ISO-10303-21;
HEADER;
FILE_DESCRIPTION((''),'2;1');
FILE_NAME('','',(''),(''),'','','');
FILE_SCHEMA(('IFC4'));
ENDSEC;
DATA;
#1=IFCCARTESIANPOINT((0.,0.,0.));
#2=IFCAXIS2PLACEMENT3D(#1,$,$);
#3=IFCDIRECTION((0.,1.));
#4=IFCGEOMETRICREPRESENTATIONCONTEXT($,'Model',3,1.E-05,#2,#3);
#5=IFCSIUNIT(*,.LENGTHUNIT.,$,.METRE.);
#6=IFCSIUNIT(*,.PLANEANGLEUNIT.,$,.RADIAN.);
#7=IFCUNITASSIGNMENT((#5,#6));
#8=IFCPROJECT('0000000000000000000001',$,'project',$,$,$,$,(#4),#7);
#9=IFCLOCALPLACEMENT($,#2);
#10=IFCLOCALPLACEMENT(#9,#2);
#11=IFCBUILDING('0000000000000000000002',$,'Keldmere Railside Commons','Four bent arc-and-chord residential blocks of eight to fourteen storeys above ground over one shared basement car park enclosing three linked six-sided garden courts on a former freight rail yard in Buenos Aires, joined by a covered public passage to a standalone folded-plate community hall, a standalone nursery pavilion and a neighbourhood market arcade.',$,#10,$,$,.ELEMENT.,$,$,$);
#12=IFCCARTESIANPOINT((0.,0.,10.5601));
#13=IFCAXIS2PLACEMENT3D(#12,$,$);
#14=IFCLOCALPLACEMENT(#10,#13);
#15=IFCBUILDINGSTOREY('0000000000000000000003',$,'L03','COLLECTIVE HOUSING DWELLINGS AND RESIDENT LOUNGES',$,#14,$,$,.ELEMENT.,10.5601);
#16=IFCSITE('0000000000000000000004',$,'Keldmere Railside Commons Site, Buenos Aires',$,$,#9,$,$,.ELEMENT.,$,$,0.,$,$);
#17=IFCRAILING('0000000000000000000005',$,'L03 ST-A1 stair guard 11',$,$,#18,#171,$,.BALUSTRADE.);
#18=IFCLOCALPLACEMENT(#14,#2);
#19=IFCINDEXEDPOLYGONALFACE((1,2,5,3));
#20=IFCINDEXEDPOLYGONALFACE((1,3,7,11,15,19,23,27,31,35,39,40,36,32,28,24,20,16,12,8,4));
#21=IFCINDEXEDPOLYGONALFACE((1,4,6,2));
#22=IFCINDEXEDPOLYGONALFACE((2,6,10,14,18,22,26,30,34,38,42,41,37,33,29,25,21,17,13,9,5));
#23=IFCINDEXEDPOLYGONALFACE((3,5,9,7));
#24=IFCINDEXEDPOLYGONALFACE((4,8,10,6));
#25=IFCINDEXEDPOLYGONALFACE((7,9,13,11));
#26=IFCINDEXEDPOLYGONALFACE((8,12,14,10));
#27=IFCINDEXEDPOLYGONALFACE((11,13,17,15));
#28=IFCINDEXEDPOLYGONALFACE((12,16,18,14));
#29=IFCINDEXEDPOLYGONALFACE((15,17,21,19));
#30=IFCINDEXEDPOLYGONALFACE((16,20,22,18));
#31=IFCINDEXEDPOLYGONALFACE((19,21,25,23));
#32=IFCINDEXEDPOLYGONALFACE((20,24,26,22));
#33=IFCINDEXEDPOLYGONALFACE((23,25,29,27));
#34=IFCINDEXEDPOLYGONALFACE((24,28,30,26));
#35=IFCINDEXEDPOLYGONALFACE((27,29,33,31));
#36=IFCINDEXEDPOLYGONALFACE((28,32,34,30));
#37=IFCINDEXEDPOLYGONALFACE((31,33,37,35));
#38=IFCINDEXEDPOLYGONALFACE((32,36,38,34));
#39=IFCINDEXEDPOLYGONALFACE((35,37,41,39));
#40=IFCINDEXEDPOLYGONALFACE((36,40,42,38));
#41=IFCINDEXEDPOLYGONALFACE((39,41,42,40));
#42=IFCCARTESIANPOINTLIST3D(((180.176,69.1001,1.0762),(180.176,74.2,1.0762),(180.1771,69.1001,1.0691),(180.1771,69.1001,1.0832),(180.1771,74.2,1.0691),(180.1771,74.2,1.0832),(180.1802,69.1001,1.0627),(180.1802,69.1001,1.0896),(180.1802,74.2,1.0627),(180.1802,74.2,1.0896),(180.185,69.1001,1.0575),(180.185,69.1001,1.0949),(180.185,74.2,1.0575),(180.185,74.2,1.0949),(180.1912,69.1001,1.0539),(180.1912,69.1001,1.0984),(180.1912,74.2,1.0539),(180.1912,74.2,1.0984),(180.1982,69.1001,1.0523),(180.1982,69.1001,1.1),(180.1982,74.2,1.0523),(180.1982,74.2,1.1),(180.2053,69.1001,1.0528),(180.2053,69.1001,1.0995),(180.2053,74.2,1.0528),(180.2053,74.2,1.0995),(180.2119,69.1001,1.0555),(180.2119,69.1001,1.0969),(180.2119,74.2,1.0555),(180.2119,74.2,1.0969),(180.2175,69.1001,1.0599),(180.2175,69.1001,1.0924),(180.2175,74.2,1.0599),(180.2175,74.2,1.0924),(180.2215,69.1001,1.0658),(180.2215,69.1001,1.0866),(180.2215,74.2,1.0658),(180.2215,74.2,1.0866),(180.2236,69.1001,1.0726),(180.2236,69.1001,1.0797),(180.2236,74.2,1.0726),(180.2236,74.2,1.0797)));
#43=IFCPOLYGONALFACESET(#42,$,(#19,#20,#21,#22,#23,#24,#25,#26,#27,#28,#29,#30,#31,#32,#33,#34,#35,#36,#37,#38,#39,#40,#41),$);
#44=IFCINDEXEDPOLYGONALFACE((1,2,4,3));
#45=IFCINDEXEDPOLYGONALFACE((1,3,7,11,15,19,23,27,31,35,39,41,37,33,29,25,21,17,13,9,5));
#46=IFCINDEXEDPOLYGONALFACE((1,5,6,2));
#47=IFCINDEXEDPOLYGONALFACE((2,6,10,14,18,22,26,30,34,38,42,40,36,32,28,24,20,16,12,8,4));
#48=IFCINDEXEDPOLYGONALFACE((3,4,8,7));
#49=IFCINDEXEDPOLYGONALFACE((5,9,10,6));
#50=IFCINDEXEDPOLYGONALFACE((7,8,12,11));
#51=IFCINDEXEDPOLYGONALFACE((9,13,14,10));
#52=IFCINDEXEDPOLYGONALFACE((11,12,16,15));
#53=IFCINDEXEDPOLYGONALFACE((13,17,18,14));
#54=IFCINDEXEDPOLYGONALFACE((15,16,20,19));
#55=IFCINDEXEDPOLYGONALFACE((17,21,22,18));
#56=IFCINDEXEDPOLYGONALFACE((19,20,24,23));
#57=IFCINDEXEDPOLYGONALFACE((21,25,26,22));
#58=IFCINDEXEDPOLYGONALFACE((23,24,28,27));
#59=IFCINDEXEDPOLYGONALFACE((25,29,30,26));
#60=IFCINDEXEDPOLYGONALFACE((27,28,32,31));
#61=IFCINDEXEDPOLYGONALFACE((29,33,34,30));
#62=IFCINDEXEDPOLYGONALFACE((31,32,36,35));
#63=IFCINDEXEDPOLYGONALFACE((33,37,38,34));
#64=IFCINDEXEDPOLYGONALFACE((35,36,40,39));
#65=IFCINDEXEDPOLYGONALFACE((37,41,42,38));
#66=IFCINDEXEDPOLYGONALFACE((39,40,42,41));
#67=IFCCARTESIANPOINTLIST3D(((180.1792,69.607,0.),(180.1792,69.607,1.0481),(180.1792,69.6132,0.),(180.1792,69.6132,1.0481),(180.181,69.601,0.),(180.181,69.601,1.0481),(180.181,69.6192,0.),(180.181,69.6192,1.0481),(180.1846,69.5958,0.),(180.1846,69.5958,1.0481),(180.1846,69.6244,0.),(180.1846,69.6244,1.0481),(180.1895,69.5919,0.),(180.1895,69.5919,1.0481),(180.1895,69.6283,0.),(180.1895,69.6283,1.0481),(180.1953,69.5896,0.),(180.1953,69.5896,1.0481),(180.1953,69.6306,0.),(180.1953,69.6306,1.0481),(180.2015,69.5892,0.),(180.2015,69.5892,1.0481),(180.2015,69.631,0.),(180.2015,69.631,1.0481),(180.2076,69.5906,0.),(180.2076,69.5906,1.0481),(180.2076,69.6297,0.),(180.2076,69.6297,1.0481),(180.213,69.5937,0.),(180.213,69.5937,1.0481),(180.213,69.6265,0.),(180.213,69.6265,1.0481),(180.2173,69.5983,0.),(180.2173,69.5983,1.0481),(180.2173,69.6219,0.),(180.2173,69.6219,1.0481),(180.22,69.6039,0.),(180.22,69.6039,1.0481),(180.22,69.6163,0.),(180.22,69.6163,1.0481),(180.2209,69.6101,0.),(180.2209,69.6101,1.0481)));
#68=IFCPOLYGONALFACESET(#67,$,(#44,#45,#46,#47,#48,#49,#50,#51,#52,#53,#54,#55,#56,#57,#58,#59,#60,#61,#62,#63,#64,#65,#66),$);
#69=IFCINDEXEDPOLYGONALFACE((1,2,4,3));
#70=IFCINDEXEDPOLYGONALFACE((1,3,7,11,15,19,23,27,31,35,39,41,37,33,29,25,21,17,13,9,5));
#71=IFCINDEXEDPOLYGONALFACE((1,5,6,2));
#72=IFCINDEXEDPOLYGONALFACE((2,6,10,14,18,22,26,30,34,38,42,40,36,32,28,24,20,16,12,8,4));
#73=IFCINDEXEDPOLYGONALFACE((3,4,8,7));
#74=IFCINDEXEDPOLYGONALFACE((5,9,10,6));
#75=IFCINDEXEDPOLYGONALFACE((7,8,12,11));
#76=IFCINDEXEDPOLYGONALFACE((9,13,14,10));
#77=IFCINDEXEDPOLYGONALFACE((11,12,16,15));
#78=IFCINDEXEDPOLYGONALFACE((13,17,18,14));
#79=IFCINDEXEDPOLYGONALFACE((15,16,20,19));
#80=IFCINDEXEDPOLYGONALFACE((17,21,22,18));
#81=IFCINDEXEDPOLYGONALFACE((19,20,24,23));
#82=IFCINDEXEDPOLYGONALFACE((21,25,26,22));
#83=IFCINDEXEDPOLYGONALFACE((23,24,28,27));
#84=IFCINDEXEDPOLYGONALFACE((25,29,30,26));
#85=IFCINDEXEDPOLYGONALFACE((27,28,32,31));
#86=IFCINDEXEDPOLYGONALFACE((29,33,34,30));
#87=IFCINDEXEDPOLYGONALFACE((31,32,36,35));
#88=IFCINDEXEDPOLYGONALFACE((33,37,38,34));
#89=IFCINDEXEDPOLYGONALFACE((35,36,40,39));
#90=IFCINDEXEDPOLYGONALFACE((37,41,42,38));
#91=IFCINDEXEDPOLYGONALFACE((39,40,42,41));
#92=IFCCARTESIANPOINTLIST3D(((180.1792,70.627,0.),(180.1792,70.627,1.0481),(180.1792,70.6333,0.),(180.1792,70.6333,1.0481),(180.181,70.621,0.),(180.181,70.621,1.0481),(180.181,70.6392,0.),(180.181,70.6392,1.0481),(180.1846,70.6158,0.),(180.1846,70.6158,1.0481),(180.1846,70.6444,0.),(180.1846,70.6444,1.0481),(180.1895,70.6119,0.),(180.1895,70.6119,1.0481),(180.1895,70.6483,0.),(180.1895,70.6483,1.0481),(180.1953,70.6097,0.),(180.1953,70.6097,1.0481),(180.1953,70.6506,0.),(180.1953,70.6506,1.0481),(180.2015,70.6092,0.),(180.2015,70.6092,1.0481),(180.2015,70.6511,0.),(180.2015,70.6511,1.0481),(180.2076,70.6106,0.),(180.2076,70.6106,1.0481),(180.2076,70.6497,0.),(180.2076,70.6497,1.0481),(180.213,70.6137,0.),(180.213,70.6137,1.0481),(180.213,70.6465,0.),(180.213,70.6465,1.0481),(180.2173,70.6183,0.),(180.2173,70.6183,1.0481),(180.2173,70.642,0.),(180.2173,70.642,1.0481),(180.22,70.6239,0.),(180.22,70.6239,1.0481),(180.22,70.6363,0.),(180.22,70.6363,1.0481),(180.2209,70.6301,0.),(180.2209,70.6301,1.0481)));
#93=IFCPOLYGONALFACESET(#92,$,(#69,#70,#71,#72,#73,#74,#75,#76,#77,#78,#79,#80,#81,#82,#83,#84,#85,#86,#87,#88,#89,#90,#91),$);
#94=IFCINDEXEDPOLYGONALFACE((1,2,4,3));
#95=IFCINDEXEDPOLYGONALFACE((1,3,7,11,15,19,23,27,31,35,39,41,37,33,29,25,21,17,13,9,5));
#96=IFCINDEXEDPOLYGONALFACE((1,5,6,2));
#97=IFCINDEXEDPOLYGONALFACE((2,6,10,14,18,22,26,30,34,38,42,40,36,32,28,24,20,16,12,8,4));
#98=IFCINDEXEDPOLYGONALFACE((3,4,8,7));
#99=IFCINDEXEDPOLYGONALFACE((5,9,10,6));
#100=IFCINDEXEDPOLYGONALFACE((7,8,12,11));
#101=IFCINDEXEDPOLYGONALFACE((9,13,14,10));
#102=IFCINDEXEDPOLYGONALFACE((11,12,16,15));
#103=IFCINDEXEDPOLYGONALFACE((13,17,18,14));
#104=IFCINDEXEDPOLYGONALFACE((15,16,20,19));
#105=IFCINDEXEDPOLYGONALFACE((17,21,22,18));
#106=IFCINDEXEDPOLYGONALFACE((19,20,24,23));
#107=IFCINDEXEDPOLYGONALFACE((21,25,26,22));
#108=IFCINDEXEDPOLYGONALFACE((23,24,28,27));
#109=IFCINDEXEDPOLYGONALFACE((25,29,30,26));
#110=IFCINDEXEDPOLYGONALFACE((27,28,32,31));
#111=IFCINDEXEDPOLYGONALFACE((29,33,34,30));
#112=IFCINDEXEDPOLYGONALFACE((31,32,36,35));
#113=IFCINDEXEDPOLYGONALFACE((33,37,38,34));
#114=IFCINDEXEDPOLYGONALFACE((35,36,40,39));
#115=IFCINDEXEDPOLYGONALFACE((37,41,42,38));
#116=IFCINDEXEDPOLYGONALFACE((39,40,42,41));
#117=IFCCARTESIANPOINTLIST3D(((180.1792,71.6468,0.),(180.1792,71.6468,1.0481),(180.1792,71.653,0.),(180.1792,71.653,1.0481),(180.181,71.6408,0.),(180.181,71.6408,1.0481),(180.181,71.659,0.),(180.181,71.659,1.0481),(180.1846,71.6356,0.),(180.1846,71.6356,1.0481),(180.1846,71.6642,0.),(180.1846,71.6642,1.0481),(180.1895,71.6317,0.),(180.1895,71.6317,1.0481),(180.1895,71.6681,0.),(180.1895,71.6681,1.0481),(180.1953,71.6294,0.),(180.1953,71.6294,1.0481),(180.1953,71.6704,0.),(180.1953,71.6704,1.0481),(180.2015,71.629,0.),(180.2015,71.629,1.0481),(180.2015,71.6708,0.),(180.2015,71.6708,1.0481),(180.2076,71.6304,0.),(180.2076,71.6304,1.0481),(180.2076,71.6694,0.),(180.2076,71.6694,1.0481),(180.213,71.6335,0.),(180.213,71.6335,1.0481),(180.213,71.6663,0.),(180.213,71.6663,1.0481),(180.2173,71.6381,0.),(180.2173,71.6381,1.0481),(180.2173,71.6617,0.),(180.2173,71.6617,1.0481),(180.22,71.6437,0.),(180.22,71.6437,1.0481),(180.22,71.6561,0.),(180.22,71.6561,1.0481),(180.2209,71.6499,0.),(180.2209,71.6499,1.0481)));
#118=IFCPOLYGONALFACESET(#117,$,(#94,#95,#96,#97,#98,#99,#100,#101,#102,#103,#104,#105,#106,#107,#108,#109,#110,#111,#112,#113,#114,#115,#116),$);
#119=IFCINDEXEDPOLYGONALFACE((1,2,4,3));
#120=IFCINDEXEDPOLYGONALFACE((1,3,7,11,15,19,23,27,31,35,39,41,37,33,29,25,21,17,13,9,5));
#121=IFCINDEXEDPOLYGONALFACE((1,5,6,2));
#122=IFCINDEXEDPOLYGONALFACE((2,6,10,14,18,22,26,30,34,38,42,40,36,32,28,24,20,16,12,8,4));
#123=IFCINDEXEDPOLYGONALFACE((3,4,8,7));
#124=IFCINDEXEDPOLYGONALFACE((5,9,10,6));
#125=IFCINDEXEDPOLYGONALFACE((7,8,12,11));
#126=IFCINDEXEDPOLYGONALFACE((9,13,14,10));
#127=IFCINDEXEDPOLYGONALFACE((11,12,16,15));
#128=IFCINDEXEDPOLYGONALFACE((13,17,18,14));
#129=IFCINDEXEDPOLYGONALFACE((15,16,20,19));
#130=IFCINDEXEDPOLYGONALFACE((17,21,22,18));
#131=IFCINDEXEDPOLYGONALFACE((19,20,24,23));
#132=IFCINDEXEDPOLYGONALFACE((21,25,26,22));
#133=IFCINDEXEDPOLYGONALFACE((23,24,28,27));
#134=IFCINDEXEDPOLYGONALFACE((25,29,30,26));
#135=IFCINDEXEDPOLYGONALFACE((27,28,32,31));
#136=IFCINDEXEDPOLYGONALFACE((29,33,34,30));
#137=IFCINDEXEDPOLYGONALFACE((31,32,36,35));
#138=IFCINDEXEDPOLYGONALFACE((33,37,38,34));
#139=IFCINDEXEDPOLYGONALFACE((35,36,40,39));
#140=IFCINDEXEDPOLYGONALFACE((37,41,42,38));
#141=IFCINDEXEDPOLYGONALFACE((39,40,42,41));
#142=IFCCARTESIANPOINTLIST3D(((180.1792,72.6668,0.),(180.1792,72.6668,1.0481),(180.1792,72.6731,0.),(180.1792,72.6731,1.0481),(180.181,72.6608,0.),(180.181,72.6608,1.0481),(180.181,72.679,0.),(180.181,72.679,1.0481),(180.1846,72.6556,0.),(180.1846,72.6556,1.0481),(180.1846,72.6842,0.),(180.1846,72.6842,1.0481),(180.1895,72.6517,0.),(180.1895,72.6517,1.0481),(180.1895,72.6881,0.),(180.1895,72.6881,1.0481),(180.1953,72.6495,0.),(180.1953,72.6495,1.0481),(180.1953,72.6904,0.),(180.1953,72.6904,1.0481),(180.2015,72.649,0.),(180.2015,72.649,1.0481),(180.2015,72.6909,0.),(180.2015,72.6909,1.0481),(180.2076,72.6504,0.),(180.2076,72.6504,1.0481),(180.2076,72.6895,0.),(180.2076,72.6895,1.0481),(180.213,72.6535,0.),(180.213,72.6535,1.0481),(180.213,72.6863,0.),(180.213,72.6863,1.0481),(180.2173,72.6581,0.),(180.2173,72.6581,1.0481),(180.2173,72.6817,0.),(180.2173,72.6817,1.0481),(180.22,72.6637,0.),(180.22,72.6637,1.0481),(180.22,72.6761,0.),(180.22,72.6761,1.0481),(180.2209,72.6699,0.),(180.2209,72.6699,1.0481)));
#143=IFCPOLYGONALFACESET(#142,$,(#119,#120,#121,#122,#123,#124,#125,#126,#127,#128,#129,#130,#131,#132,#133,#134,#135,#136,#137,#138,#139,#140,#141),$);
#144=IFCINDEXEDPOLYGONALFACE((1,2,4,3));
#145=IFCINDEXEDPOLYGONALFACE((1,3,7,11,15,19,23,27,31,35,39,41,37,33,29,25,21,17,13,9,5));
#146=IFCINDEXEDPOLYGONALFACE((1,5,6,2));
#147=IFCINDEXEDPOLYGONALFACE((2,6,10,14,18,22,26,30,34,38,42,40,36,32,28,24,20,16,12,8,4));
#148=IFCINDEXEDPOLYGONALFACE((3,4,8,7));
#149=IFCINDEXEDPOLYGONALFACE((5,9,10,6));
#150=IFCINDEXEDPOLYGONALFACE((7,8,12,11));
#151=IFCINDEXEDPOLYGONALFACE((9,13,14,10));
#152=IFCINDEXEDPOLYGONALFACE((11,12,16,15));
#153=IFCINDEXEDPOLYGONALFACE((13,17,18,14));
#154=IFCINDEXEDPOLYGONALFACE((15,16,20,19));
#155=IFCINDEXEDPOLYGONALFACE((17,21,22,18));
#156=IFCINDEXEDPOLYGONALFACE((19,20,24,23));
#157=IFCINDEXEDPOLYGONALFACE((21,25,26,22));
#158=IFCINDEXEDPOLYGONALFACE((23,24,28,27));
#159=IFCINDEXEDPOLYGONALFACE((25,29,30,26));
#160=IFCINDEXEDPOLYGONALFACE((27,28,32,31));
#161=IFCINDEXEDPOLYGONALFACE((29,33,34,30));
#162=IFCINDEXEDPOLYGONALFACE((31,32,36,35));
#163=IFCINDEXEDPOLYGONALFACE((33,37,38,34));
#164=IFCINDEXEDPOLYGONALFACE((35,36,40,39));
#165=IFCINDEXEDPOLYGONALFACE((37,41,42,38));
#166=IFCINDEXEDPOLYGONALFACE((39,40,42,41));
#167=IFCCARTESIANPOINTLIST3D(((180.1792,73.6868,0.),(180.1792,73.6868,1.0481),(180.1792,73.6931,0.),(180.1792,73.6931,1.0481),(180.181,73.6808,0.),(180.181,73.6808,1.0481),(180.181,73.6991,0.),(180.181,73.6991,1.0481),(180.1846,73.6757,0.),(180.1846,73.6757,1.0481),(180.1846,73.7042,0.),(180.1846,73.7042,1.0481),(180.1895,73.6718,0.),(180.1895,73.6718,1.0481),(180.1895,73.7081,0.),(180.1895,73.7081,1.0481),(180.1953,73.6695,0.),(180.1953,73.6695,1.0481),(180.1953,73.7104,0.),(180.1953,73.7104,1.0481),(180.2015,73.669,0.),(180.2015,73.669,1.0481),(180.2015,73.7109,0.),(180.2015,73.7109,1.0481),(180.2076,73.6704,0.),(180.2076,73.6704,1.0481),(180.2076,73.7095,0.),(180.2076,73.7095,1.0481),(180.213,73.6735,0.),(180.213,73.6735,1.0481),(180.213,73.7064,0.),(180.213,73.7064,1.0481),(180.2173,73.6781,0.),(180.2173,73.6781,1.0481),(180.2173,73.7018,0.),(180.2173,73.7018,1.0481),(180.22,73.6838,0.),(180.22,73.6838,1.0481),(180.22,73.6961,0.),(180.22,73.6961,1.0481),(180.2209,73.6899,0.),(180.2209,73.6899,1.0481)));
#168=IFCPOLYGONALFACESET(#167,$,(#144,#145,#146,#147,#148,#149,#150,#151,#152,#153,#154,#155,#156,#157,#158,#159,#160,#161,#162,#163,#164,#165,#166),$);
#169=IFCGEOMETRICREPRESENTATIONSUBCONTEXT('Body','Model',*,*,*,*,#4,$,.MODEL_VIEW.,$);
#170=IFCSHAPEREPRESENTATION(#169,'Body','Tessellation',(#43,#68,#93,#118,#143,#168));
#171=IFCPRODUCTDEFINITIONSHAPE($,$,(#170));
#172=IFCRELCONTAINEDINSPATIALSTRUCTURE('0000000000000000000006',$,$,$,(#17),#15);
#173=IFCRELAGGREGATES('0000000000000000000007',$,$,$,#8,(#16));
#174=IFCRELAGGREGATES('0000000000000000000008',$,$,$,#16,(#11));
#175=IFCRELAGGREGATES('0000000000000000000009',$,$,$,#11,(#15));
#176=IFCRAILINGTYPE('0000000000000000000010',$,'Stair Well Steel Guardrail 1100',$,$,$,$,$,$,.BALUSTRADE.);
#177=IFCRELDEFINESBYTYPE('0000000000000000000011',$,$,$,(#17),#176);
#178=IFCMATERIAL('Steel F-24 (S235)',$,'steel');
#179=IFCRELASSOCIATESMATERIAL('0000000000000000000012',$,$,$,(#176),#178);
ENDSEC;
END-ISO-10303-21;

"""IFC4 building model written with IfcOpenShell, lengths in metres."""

from ifc_helpers import new_model, si_unit, direction, frame, origin, origin_2d, place, context, subcontext, project, spatial, circle, extrude, material, type_object, element, save


model = new_model("IFC4")

# Units and contexts
model_context = context("Model", 3, precision=1e-05, world=origin(), true_north=direction((0.0, 1.0)))
body_context = subcontext(model_context, "Body", "Model", "MODEL_VIEW")
ifc_project = project(units=[si_unit("LENGTHUNIT", "METRE"), si_unit("PLANEANGLEUNIT", "RADIAN")], contexts=[model_context])

# Site, building, storey
site_placement = place(None, origin())
site = spatial("IfcSite", under=ifc_project, at=site_placement, Name="Keldmere Railside Commons Site, Buenos Aires", CompositionType="ELEMENT", RefElevation=0.0)
building_placement = place(site_placement, origin())
building = spatial("IfcBuilding", under=site, at=building_placement, Name="Keldmere Railside Commons", Description="Four bent arc-and-chord residential blocks of eight to fourteen storeys above ground over one shared basement car park enclosing three linked six-sided garden courts on a former freight rail yard in Buenos Aires, joined by a covered public passage to a standalone folded-plate community hall, a standalone nursery pavilion and a neighbourhood market arcade.", CompositionType="ELEMENT")
storey_placement = place(building_placement, frame((0.0, 0.0, 10.5601)))
storey = spatial("IfcBuildingStorey", under=building, at=storey_placement, Name="L03", Description="COLLECTIVE HOUSING DWELLINGS AND RESIDENT LOUNGES", CompositionType="ELEMENT", Elevation=10.5601)

# Railing
ifc_material_1 = material(Name="Steel F-24 (S235)", Category="steel")
railing_type_1 = type_object("IfcRailingType", Name="Stair Well Steel Guardrail 1100", PredefinedType="BALUSTRADE", material=ifc_material_1)
for number, where, name in (
    (1, (180.2, 69.1001, 0.0), "L03 ST-A1 stair guard 11"),
):
    element("IfcRailing", number, at=place(storey_placement, frame(where)), inside=storey, type_object=railing_type_1, Name=name, PredefinedType="BALUSTRADE", context=body_context, shape_type="SweptSolid", body=[
        extrude(circle(Radius=0.0239, at=origin_2d()), frame((0.0, 0.0, 1.0762), z_axis=(0.0, 1.0, 0.0), x_axis=(-1.0, 0.0, 0.0)), (0.0, 0.0, 1.0), 5.0999),
        extrude(circle(Radius=0.021, at=origin_2d()), frame((0.0, 0.51, 0.0)), (0.0, 0.0, 1.0), 1.0481),
        extrude(circle(Radius=0.021, at=origin_2d()), frame((0.0, 1.53, 0.0)), (0.0, 0.0, 1.0), 1.0481),
        extrude(circle(Radius=0.021, at=origin_2d()), frame((0.0, 2.5498, 0.0)), (0.0, 0.0, 1.0), 1.0481),
        extrude(circle(Radius=0.021, at=origin_2d()), frame((0.0, 3.5698, 0.0)), (0.0, 0.0, 1.0), 1.0481),
        extrude(circle(Radius=0.021, at=origin_2d()), frame((0.0, 4.5898, 0.0)), (0.0, 0.0, 1.0), 1.0481),
    ])

save(model, "model.ifc")
